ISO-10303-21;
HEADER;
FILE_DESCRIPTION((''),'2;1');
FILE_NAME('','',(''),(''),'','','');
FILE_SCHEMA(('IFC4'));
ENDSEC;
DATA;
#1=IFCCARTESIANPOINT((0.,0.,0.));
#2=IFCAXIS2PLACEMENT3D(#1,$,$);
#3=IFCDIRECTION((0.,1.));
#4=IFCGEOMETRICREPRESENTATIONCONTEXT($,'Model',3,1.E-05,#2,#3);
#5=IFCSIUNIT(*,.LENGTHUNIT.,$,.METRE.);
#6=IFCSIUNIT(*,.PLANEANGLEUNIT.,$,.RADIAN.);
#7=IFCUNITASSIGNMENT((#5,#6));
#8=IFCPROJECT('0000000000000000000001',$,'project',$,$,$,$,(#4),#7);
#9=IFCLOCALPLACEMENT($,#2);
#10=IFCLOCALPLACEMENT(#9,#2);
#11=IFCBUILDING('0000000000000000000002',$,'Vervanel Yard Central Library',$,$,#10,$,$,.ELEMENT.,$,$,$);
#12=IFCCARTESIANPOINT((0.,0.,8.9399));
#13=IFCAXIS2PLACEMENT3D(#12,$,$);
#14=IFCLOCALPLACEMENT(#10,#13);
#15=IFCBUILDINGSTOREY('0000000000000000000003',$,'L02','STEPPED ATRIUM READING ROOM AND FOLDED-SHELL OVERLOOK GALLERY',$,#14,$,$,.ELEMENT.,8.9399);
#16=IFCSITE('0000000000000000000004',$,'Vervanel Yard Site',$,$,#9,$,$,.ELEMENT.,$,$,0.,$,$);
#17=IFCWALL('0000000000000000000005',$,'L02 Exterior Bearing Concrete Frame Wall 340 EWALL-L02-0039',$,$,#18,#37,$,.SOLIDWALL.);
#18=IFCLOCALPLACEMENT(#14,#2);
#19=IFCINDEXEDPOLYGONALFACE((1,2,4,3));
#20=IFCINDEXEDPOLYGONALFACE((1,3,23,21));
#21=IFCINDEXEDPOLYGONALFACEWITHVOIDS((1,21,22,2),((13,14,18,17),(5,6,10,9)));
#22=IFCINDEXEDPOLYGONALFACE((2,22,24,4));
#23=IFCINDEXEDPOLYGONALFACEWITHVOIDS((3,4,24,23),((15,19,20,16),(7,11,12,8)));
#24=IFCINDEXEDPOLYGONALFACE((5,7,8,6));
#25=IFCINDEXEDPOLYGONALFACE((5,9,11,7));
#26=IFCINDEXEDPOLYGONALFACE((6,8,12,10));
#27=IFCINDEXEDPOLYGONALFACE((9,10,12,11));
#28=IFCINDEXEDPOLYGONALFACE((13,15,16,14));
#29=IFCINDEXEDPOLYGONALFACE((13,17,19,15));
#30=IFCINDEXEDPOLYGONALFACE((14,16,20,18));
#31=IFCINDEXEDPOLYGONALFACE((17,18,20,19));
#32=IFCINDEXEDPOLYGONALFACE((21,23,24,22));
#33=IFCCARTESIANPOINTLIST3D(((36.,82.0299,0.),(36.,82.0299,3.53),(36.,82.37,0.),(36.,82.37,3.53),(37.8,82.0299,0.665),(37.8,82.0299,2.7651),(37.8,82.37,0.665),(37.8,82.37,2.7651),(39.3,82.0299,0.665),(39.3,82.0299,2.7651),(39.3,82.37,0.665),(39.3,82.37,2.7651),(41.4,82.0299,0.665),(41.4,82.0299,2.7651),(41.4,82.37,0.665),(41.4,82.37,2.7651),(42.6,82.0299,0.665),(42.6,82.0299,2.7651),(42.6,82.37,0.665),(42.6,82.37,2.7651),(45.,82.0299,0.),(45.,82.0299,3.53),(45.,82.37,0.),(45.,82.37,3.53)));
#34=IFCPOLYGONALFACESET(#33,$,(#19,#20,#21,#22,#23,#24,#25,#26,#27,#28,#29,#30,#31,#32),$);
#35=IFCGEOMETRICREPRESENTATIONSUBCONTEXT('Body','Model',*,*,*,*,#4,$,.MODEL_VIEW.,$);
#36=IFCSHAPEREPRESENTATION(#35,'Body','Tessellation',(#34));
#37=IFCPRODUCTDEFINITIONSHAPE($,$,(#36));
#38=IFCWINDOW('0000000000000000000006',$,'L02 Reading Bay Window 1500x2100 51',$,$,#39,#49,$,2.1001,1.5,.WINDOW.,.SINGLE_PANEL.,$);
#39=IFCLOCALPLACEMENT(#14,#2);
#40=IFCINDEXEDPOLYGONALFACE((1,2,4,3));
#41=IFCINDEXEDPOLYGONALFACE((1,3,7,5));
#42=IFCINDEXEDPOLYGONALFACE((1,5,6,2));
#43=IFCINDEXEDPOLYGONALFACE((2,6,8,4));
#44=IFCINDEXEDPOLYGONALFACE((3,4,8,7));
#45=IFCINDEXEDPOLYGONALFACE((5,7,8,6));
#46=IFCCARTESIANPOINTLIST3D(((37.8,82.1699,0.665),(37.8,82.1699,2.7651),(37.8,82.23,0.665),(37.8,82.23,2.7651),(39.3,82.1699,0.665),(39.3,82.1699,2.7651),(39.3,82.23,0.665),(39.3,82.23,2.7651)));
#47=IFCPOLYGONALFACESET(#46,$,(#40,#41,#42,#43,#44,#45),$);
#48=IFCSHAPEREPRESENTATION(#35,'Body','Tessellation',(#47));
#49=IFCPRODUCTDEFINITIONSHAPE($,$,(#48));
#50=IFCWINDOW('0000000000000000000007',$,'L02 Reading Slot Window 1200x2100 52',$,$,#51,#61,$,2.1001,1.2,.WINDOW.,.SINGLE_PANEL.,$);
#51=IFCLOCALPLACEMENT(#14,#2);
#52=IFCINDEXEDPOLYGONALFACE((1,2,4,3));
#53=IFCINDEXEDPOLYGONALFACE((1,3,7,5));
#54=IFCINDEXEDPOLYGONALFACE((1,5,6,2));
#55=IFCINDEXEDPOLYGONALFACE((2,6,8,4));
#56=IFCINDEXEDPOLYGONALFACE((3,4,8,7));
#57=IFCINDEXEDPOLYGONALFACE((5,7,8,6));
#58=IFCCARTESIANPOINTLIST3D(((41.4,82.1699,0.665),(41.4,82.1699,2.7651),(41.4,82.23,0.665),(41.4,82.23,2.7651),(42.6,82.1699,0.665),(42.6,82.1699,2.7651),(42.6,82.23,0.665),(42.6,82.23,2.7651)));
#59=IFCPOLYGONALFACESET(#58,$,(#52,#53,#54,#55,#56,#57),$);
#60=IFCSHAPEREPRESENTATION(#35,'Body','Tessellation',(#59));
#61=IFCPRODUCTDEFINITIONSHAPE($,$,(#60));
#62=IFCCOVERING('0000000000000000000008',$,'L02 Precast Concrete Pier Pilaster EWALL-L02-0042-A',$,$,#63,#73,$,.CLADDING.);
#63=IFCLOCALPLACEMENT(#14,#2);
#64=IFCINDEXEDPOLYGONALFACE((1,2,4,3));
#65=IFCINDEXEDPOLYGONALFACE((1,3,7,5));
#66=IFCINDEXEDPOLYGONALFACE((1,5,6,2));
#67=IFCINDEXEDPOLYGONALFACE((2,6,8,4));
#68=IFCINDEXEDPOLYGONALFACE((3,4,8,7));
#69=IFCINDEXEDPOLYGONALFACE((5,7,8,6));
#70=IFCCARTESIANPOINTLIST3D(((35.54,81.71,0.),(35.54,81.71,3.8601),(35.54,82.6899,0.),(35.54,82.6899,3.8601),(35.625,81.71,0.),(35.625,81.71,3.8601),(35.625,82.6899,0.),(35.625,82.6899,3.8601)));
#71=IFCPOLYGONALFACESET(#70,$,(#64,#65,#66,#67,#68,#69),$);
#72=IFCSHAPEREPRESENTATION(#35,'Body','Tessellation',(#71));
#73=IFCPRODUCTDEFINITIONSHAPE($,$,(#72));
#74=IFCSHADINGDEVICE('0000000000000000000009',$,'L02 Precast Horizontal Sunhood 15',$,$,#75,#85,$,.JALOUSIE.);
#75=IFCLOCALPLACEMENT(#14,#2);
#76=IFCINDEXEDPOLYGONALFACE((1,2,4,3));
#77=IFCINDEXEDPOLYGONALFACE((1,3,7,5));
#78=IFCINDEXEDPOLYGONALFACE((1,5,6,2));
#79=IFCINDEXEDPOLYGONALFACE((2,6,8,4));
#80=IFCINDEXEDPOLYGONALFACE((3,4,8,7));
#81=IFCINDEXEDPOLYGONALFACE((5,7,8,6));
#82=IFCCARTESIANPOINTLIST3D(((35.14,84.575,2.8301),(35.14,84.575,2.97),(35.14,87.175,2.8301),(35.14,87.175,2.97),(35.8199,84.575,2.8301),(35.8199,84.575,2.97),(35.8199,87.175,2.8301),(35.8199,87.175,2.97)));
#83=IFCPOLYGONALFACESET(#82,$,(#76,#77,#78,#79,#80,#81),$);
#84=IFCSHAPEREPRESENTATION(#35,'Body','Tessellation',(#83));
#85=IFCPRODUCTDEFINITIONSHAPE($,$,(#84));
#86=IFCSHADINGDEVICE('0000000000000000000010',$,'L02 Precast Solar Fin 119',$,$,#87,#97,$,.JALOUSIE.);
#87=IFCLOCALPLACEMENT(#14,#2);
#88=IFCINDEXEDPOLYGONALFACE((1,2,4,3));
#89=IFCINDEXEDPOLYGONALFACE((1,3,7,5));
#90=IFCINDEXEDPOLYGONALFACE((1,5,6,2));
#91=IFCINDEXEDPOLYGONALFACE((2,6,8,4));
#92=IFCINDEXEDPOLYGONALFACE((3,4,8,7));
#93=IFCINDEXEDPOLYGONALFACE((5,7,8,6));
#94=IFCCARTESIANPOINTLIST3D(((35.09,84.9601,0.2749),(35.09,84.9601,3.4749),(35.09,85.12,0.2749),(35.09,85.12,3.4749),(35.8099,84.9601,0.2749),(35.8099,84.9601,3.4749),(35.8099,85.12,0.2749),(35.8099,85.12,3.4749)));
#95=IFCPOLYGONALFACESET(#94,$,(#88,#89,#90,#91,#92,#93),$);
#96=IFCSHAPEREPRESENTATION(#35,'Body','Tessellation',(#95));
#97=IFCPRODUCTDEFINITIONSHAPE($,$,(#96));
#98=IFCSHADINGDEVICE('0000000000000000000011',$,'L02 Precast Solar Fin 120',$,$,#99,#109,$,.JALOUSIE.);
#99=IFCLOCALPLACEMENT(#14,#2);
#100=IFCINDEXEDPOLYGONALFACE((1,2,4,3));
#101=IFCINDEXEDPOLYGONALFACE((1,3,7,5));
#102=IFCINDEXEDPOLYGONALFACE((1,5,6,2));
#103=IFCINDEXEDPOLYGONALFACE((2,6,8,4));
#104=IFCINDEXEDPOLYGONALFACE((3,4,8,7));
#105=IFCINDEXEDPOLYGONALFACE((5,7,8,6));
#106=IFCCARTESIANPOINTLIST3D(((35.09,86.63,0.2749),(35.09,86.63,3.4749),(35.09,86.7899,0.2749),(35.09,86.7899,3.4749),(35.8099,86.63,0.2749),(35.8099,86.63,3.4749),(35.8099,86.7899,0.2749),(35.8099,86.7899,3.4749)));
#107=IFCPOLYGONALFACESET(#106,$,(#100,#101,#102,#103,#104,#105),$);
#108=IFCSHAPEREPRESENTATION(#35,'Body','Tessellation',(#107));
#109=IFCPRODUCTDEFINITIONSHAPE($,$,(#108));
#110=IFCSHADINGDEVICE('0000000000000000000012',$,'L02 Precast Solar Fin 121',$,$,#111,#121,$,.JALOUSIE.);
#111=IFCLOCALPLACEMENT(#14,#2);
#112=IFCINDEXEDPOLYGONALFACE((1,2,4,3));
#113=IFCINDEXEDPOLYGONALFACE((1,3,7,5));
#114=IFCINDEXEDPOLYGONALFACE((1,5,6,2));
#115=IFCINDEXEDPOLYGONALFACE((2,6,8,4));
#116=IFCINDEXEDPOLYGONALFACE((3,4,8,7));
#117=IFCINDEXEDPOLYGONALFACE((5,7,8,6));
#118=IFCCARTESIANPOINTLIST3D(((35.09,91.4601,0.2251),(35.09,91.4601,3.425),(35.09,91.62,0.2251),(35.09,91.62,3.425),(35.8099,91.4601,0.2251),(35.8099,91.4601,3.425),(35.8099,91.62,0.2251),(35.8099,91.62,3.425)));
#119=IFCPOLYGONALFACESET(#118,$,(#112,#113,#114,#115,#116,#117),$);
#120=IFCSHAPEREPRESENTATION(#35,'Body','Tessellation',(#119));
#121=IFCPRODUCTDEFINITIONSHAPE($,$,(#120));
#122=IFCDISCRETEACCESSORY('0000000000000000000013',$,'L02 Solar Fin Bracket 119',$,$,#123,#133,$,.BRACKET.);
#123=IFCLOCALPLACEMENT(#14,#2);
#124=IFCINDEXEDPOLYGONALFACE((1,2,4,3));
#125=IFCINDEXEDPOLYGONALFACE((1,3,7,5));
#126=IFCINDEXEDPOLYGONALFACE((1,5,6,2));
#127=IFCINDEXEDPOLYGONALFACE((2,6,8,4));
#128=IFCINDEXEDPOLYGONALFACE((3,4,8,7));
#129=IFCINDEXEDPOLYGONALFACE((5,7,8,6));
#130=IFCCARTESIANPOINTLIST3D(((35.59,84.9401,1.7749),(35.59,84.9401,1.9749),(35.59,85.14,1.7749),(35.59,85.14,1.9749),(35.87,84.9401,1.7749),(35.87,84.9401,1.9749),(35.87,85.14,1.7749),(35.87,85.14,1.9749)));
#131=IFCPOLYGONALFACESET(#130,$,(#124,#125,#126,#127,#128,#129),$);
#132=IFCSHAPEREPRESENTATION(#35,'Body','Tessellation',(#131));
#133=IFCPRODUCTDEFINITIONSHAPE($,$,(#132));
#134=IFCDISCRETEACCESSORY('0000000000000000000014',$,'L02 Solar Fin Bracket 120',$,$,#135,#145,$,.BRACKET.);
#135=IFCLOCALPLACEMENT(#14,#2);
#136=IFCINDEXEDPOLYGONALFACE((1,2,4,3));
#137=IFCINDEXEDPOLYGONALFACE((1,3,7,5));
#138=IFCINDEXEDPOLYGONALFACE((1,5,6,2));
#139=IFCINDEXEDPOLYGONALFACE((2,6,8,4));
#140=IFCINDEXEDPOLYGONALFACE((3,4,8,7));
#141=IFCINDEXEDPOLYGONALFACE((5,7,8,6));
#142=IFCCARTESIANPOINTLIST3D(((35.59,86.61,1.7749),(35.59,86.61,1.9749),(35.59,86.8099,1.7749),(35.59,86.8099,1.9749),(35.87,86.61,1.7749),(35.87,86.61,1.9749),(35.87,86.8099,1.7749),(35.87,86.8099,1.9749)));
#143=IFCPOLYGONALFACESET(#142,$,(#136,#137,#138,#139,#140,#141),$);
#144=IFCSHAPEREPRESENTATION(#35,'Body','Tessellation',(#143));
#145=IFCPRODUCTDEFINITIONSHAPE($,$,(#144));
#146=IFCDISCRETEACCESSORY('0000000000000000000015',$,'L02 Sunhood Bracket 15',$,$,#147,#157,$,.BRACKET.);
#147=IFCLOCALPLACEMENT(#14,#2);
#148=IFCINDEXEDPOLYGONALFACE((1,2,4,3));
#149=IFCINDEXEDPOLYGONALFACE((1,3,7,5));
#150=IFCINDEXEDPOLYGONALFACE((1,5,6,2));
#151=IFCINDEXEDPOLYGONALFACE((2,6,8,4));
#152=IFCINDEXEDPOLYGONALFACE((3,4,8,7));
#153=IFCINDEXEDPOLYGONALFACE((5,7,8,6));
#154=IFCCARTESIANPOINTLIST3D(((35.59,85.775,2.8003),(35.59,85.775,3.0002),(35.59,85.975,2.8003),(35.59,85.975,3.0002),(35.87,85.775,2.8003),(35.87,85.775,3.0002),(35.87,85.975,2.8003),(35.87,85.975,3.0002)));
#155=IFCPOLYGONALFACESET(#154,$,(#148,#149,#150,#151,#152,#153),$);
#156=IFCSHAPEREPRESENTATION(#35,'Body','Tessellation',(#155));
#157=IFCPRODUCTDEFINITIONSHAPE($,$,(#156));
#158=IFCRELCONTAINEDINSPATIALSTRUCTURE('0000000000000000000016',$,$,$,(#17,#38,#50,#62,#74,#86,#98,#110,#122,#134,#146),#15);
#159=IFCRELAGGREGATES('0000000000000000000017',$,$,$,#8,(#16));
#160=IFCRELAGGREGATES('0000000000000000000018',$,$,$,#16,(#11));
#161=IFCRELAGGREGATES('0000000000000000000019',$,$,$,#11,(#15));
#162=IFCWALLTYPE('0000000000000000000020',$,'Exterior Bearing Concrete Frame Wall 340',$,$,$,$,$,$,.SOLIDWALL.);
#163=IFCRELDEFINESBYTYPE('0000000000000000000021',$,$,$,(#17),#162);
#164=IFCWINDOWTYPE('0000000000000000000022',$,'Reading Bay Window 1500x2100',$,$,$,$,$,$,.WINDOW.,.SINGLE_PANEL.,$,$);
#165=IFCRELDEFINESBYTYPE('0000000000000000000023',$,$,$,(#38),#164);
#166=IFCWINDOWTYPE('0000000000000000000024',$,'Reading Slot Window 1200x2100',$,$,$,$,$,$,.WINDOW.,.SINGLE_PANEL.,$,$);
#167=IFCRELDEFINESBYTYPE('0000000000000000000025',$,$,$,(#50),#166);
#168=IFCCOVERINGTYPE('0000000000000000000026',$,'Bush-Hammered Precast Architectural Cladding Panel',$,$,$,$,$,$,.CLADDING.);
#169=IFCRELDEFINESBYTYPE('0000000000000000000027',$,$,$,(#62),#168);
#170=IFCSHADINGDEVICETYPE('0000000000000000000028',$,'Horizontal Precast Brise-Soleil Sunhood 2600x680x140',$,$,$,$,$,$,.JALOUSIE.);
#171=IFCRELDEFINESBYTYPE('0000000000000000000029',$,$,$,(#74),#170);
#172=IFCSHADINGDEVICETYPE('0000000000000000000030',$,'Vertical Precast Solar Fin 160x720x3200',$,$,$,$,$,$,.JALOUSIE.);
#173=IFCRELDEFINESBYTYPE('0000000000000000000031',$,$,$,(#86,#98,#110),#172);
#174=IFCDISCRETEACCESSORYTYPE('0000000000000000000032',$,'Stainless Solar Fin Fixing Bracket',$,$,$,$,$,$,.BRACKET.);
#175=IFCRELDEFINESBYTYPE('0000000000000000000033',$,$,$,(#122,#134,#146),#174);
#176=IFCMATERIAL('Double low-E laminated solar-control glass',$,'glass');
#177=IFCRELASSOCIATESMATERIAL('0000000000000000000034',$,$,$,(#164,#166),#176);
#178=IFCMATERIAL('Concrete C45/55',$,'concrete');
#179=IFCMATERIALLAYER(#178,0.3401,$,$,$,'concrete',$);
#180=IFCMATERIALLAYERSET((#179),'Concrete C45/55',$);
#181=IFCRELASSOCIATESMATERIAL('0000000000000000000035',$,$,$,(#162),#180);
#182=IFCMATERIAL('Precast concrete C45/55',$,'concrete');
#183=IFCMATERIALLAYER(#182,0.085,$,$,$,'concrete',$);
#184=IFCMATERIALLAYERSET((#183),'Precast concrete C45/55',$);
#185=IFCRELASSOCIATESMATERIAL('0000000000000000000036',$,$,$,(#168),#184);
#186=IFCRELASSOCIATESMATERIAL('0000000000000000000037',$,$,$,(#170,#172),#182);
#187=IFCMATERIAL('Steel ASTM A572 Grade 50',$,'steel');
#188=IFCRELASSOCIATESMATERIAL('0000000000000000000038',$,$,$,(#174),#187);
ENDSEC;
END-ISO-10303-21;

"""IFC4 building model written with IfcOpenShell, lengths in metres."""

from ifc_helpers import new_model, si_unit, direction, frame, frame_2d, origin, origin_2d, place, context, subcontext, project, spatial, rectangle, extrude, material, layer, layer_set, type_object, element, fill, save


model = new_model("IFC4")

# Units and contexts
model_context = context("Model", 3, precision=1e-05, world=origin(), true_north=direction((0.0, 1.0)))
body_context = subcontext(model_context, "Body", "Model", "MODEL_VIEW")
ifc_project = project(units=[si_unit("LENGTHUNIT", "METRE"), si_unit("PLANEANGLEUNIT", "RADIAN")], contexts=[model_context])

# Site, building, storey
site_placement = place(None, origin())
site = spatial("IfcSite", under=ifc_project, at=site_placement, Name="Vervanel Yard Site", CompositionType="ELEMENT", RefElevation=0.0)
building_placement = place(site_placement, origin())
building = spatial("IfcBuilding", under=site, at=building_placement, Name="Vervanel Yard Central Library", CompositionType="ELEMENT")
storey_placement = place(building_placement, frame((0.0, 0.0, 8.9399)))
storey = spatial("IfcBuildingStorey", under=building, at=storey_placement, Name="L02", Description="STEPPED ATRIUM READING ROOM AND FOLDED-SHELL OVERLOOK GALLERY", CompositionType="ELEMENT", Elevation=8.9399)

# Wall, openings, windows
ifc_material_1 = material(Name="Precast concrete C45/55", Category="concrete")
ifc_material_2 = material(Name="Double low-E laminated solar-control glass", Category="glass")
window_type_1 = type_object("IfcWindowType", Name="Reading Bay Window 1500x2100", PartitioningType="SINGLE_PANEL", PredefinedType="WINDOW", material=ifc_material_2)
ifc_material_3 = material(Name="Concrete C45/55", Category="concrete")
ifc_layer_1 = layer(ifc_material_3, 0.3401, Category="concrete")
ifc_layer_set_1 = layer_set([ifc_layer_1], Name="Concrete C45/55")
wall_type_1 = type_object("IfcWallType", Name="Exterior Bearing Concrete Frame Wall 340", PredefinedType="SOLIDWALL", material=ifc_layer_set_1)
wall_1_placement = place(storey_placement, frame((36.0, 82.2, 0.0), z_axis=(0.0, 0.0, 1.0), x_axis=(1.0, 0.0, 0.0)))
wall_1 = element("IfcWall", 1, at=wall_1_placement, inside=storey, type_object=wall_type_1, Name="L02 Exterior Bearing Concrete Frame Wall 340 EWALL-L02-0039", PredefinedType="SOLIDWALL", context=body_context, shape_type="SweptSolid", body=[
    extrude(rectangle(XDim=9.0, YDim=0.3401, at=frame_2d((4.5, 0.0))), origin(), (0.0, 0.0, 1.0), 3.53),
])
opening_1_placement = place(wall_1_placement, frame((1.8, 0.0, 0.665)))
opening_1 = element("IfcOpeningElement", 2, at=opening_1_placement, cuts=wall_1, PredefinedType="OPENING", context=body_context, shape_type="SweptSolid", body=[
    extrude(rectangle(XDim=1.5, YDim=2.1001, at=frame_2d((0.75, 1.05))), frame((0.0, 0.1799, 0.0), z_axis=(0.0, -1.0, 0.0), x_axis=(1.0, 0.0, 0.0)), (0.0, 0.0, 1.0), 0.3601),
])
opening_2_placement = place(wall_1_placement, frame((5.3999, 0.0, 0.665)))
opening_2 = element("IfcOpeningElement", 3, at=opening_2_placement, cuts=wall_1, PredefinedType="OPENING", context=body_context, shape_type="SweptSolid", body=[
    extrude(rectangle(XDim=1.2, YDim=2.1001, at=frame_2d((0.6001, 1.05))), frame((0.0, 0.1799, 0.0), z_axis=(0.0, -1.0, 0.0), x_axis=(1.0, 0.0, 0.0)), (0.0, 0.0, 1.0), 0.3601),
])
window_1_placement = place(opening_1_placement, origin())
window_1 = element("IfcWindow", 4, at=window_1_placement, inside=storey, type_object=window_type_1, Name="L02 Reading Bay Window 1500x2100 51", OverallHeight=2.1001, OverallWidth=1.5, PartitioningType="SINGLE_PANEL", PredefinedType="WINDOW", context=body_context, shape_type="SweptSolid", body=[
    extrude(rectangle(XDim=1.5, YDim=2.1001, at=frame_2d((0.75, 1.05))), frame((0.0, 0.03, 0.0), z_axis=(0.0, -1.0, 0.0), x_axis=(1.0, 0.0, 0.0)), (0.0, 0.0, 1.0), 0.0601),
])
fill(opening_1, window_1)
window_type_2 = type_object("IfcWindowType", Name="Reading Slot Window 1200x2100", PartitioningType="SINGLE_PANEL", PredefinedType="WINDOW", material=ifc_material_2)
window_2_placement = place(opening_2_placement, origin())
window_2 = element("IfcWindow", 5, at=window_2_placement, inside=storey, type_object=window_type_2, Name="L02 Reading Slot Window 1200x2100 52", OverallHeight=2.1001, OverallWidth=1.2, PartitioningType="SINGLE_PANEL", PredefinedType="WINDOW", context=body_context, shape_type="SweptSolid", body=[
    extrude(rectangle(XDim=1.2, YDim=2.1001, at=frame_2d((0.6001, 1.05))), frame((0.0, 0.03, 0.0), z_axis=(0.0, -1.0, 0.0), x_axis=(1.0, 0.0, 0.0)), (0.0, 0.0, 1.0), 0.0601),
])
fill(opening_2, window_2)

# Covering
ifc_layer_2 = layer(ifc_material_1, 0.085, Category="concrete")
ifc_layer_set_2 = layer_set([ifc_layer_2], Name="Precast concrete C45/55")
covering_type = type_object("IfcCoveringType", Name="Bush-Hammered Precast Architectural Cladding Panel", PredefinedType="CLADDING", material=ifc_layer_set_2)
covering_placement = place(storey_placement, frame((35.5825, 82.2, 0.0), z_axis=(0.0, 0.0, 1.0), x_axis=(0.0, 1.0, 0.0)))
element("IfcCovering", 6, at=covering_placement, inside=storey, type_object=covering_type, Name="L02 Precast Concrete Pier Pilaster EWALL-L02-0042-A", PredefinedType="CLADDING", context=body_context, shape_type="SweptSolid", body=[
    extrude(rectangle(XDim=0.98, YDim=0.085, at=origin_2d()), origin(), (0.0, 0.0, 1.0), 3.8601),
])

# Shading devices
shading_device_type_1 = type_object("IfcShadingDeviceType", Name="Horizontal Precast Brise-Soleil Sunhood 2600x680x140", PredefinedType="JALOUSIE", material=ifc_material_1)
shading_device_placement = place(storey_placement, frame((35.48, 85.875, 2.8301), z_axis=(0.0, 0.0, 1.0), x_axis=(0.0, 1.0, 0.0)))
element("IfcShadingDevice", 7, at=shading_device_placement, inside=storey, type_object=shading_device_type_1, Name="L02 Precast Horizontal Sunhood 15", PredefinedType="JALOUSIE", context=body_context, shape_type="SweptSolid", body=[
    extrude(rectangle(XDim=2.6001, YDim=0.6799, at=origin_2d()), origin(), (0.0, 0.0, 1.0), 0.1399),
])
shading_device_type_2 = type_object("IfcShadingDeviceType", Name="Vertical Precast Solar Fin 160x720x3200", PredefinedType="JALOUSIE", material=ifc_material_1)
for number, where, z_axis, x_axis, name in (
    (8, (35.45, 85.04, 0.2749), (0.0, 0.0, 1.0), (0.0, 1.0, 0.0), "L02 Precast Solar Fin 119"),
    (9, (35.45, 86.71, 0.2749), (0.0, 0.0, 1.0), (0.0, 1.0, 0.0), "L02 Precast Solar Fin 120"),
    (10, (35.45, 91.54, 0.2251), (0.0, 0.0, 1.0), (0.0, 1.0, 0.0), "L02 Precast Solar Fin 121"),
):
    element("IfcShadingDevice", number, at=place(storey_placement, frame(where, z_axis=z_axis, x_axis=x_axis)), inside=storey, type_object=shading_device_type_2, Name=name, PredefinedType="JALOUSIE", context=body_context, shape_type="SweptSolid", body=[
        extrude(rectangle(XDim=0.1599, YDim=0.72, at=origin_2d()), origin(), (0.0, 0.0, 1.0), 3.2),
    ])

# Discrete accessories
ifc_material_4 = material(Name="Steel ASTM A572 Grade 50", Category="steel")
discrete_accessory_type = type_object("IfcDiscreteAccessoryType", Name="Stainless Solar Fin Fixing Bracket", PredefinedType="BRACKET", material=ifc_material_4)
for number, where, z_axis, x_axis, name in (
    (11, (35.73, 85.04, 1.7749), (0.0, 0.0, 1.0), (0.0, 1.0, 0.0), "L02 Solar Fin Bracket 119"),
    (12, (35.73, 86.71, 1.7749), (0.0, 0.0, 1.0), (0.0, 1.0, 0.0), "L02 Solar Fin Bracket 120"),
    (13, (35.73, 85.875, 2.8003), (0.0, 0.0, 1.0), (0.0, 1.0, 0.0), "L02 Sunhood Bracket 15"),
):
    element("IfcDiscreteAccessory", number, at=place(storey_placement, frame(where, z_axis=z_axis, x_axis=x_axis)), inside=storey, type_object=discrete_accessory_type, Name=name, PredefinedType="BRACKET", context=body_context, shape_type="SweptSolid", body=[
        extrude(rectangle(XDim=0.2, YDim=0.28, at=origin_2d()), origin(), (0.0, 0.0, 1.0), 0.2),
    ])

save(model, "model.ifc")
